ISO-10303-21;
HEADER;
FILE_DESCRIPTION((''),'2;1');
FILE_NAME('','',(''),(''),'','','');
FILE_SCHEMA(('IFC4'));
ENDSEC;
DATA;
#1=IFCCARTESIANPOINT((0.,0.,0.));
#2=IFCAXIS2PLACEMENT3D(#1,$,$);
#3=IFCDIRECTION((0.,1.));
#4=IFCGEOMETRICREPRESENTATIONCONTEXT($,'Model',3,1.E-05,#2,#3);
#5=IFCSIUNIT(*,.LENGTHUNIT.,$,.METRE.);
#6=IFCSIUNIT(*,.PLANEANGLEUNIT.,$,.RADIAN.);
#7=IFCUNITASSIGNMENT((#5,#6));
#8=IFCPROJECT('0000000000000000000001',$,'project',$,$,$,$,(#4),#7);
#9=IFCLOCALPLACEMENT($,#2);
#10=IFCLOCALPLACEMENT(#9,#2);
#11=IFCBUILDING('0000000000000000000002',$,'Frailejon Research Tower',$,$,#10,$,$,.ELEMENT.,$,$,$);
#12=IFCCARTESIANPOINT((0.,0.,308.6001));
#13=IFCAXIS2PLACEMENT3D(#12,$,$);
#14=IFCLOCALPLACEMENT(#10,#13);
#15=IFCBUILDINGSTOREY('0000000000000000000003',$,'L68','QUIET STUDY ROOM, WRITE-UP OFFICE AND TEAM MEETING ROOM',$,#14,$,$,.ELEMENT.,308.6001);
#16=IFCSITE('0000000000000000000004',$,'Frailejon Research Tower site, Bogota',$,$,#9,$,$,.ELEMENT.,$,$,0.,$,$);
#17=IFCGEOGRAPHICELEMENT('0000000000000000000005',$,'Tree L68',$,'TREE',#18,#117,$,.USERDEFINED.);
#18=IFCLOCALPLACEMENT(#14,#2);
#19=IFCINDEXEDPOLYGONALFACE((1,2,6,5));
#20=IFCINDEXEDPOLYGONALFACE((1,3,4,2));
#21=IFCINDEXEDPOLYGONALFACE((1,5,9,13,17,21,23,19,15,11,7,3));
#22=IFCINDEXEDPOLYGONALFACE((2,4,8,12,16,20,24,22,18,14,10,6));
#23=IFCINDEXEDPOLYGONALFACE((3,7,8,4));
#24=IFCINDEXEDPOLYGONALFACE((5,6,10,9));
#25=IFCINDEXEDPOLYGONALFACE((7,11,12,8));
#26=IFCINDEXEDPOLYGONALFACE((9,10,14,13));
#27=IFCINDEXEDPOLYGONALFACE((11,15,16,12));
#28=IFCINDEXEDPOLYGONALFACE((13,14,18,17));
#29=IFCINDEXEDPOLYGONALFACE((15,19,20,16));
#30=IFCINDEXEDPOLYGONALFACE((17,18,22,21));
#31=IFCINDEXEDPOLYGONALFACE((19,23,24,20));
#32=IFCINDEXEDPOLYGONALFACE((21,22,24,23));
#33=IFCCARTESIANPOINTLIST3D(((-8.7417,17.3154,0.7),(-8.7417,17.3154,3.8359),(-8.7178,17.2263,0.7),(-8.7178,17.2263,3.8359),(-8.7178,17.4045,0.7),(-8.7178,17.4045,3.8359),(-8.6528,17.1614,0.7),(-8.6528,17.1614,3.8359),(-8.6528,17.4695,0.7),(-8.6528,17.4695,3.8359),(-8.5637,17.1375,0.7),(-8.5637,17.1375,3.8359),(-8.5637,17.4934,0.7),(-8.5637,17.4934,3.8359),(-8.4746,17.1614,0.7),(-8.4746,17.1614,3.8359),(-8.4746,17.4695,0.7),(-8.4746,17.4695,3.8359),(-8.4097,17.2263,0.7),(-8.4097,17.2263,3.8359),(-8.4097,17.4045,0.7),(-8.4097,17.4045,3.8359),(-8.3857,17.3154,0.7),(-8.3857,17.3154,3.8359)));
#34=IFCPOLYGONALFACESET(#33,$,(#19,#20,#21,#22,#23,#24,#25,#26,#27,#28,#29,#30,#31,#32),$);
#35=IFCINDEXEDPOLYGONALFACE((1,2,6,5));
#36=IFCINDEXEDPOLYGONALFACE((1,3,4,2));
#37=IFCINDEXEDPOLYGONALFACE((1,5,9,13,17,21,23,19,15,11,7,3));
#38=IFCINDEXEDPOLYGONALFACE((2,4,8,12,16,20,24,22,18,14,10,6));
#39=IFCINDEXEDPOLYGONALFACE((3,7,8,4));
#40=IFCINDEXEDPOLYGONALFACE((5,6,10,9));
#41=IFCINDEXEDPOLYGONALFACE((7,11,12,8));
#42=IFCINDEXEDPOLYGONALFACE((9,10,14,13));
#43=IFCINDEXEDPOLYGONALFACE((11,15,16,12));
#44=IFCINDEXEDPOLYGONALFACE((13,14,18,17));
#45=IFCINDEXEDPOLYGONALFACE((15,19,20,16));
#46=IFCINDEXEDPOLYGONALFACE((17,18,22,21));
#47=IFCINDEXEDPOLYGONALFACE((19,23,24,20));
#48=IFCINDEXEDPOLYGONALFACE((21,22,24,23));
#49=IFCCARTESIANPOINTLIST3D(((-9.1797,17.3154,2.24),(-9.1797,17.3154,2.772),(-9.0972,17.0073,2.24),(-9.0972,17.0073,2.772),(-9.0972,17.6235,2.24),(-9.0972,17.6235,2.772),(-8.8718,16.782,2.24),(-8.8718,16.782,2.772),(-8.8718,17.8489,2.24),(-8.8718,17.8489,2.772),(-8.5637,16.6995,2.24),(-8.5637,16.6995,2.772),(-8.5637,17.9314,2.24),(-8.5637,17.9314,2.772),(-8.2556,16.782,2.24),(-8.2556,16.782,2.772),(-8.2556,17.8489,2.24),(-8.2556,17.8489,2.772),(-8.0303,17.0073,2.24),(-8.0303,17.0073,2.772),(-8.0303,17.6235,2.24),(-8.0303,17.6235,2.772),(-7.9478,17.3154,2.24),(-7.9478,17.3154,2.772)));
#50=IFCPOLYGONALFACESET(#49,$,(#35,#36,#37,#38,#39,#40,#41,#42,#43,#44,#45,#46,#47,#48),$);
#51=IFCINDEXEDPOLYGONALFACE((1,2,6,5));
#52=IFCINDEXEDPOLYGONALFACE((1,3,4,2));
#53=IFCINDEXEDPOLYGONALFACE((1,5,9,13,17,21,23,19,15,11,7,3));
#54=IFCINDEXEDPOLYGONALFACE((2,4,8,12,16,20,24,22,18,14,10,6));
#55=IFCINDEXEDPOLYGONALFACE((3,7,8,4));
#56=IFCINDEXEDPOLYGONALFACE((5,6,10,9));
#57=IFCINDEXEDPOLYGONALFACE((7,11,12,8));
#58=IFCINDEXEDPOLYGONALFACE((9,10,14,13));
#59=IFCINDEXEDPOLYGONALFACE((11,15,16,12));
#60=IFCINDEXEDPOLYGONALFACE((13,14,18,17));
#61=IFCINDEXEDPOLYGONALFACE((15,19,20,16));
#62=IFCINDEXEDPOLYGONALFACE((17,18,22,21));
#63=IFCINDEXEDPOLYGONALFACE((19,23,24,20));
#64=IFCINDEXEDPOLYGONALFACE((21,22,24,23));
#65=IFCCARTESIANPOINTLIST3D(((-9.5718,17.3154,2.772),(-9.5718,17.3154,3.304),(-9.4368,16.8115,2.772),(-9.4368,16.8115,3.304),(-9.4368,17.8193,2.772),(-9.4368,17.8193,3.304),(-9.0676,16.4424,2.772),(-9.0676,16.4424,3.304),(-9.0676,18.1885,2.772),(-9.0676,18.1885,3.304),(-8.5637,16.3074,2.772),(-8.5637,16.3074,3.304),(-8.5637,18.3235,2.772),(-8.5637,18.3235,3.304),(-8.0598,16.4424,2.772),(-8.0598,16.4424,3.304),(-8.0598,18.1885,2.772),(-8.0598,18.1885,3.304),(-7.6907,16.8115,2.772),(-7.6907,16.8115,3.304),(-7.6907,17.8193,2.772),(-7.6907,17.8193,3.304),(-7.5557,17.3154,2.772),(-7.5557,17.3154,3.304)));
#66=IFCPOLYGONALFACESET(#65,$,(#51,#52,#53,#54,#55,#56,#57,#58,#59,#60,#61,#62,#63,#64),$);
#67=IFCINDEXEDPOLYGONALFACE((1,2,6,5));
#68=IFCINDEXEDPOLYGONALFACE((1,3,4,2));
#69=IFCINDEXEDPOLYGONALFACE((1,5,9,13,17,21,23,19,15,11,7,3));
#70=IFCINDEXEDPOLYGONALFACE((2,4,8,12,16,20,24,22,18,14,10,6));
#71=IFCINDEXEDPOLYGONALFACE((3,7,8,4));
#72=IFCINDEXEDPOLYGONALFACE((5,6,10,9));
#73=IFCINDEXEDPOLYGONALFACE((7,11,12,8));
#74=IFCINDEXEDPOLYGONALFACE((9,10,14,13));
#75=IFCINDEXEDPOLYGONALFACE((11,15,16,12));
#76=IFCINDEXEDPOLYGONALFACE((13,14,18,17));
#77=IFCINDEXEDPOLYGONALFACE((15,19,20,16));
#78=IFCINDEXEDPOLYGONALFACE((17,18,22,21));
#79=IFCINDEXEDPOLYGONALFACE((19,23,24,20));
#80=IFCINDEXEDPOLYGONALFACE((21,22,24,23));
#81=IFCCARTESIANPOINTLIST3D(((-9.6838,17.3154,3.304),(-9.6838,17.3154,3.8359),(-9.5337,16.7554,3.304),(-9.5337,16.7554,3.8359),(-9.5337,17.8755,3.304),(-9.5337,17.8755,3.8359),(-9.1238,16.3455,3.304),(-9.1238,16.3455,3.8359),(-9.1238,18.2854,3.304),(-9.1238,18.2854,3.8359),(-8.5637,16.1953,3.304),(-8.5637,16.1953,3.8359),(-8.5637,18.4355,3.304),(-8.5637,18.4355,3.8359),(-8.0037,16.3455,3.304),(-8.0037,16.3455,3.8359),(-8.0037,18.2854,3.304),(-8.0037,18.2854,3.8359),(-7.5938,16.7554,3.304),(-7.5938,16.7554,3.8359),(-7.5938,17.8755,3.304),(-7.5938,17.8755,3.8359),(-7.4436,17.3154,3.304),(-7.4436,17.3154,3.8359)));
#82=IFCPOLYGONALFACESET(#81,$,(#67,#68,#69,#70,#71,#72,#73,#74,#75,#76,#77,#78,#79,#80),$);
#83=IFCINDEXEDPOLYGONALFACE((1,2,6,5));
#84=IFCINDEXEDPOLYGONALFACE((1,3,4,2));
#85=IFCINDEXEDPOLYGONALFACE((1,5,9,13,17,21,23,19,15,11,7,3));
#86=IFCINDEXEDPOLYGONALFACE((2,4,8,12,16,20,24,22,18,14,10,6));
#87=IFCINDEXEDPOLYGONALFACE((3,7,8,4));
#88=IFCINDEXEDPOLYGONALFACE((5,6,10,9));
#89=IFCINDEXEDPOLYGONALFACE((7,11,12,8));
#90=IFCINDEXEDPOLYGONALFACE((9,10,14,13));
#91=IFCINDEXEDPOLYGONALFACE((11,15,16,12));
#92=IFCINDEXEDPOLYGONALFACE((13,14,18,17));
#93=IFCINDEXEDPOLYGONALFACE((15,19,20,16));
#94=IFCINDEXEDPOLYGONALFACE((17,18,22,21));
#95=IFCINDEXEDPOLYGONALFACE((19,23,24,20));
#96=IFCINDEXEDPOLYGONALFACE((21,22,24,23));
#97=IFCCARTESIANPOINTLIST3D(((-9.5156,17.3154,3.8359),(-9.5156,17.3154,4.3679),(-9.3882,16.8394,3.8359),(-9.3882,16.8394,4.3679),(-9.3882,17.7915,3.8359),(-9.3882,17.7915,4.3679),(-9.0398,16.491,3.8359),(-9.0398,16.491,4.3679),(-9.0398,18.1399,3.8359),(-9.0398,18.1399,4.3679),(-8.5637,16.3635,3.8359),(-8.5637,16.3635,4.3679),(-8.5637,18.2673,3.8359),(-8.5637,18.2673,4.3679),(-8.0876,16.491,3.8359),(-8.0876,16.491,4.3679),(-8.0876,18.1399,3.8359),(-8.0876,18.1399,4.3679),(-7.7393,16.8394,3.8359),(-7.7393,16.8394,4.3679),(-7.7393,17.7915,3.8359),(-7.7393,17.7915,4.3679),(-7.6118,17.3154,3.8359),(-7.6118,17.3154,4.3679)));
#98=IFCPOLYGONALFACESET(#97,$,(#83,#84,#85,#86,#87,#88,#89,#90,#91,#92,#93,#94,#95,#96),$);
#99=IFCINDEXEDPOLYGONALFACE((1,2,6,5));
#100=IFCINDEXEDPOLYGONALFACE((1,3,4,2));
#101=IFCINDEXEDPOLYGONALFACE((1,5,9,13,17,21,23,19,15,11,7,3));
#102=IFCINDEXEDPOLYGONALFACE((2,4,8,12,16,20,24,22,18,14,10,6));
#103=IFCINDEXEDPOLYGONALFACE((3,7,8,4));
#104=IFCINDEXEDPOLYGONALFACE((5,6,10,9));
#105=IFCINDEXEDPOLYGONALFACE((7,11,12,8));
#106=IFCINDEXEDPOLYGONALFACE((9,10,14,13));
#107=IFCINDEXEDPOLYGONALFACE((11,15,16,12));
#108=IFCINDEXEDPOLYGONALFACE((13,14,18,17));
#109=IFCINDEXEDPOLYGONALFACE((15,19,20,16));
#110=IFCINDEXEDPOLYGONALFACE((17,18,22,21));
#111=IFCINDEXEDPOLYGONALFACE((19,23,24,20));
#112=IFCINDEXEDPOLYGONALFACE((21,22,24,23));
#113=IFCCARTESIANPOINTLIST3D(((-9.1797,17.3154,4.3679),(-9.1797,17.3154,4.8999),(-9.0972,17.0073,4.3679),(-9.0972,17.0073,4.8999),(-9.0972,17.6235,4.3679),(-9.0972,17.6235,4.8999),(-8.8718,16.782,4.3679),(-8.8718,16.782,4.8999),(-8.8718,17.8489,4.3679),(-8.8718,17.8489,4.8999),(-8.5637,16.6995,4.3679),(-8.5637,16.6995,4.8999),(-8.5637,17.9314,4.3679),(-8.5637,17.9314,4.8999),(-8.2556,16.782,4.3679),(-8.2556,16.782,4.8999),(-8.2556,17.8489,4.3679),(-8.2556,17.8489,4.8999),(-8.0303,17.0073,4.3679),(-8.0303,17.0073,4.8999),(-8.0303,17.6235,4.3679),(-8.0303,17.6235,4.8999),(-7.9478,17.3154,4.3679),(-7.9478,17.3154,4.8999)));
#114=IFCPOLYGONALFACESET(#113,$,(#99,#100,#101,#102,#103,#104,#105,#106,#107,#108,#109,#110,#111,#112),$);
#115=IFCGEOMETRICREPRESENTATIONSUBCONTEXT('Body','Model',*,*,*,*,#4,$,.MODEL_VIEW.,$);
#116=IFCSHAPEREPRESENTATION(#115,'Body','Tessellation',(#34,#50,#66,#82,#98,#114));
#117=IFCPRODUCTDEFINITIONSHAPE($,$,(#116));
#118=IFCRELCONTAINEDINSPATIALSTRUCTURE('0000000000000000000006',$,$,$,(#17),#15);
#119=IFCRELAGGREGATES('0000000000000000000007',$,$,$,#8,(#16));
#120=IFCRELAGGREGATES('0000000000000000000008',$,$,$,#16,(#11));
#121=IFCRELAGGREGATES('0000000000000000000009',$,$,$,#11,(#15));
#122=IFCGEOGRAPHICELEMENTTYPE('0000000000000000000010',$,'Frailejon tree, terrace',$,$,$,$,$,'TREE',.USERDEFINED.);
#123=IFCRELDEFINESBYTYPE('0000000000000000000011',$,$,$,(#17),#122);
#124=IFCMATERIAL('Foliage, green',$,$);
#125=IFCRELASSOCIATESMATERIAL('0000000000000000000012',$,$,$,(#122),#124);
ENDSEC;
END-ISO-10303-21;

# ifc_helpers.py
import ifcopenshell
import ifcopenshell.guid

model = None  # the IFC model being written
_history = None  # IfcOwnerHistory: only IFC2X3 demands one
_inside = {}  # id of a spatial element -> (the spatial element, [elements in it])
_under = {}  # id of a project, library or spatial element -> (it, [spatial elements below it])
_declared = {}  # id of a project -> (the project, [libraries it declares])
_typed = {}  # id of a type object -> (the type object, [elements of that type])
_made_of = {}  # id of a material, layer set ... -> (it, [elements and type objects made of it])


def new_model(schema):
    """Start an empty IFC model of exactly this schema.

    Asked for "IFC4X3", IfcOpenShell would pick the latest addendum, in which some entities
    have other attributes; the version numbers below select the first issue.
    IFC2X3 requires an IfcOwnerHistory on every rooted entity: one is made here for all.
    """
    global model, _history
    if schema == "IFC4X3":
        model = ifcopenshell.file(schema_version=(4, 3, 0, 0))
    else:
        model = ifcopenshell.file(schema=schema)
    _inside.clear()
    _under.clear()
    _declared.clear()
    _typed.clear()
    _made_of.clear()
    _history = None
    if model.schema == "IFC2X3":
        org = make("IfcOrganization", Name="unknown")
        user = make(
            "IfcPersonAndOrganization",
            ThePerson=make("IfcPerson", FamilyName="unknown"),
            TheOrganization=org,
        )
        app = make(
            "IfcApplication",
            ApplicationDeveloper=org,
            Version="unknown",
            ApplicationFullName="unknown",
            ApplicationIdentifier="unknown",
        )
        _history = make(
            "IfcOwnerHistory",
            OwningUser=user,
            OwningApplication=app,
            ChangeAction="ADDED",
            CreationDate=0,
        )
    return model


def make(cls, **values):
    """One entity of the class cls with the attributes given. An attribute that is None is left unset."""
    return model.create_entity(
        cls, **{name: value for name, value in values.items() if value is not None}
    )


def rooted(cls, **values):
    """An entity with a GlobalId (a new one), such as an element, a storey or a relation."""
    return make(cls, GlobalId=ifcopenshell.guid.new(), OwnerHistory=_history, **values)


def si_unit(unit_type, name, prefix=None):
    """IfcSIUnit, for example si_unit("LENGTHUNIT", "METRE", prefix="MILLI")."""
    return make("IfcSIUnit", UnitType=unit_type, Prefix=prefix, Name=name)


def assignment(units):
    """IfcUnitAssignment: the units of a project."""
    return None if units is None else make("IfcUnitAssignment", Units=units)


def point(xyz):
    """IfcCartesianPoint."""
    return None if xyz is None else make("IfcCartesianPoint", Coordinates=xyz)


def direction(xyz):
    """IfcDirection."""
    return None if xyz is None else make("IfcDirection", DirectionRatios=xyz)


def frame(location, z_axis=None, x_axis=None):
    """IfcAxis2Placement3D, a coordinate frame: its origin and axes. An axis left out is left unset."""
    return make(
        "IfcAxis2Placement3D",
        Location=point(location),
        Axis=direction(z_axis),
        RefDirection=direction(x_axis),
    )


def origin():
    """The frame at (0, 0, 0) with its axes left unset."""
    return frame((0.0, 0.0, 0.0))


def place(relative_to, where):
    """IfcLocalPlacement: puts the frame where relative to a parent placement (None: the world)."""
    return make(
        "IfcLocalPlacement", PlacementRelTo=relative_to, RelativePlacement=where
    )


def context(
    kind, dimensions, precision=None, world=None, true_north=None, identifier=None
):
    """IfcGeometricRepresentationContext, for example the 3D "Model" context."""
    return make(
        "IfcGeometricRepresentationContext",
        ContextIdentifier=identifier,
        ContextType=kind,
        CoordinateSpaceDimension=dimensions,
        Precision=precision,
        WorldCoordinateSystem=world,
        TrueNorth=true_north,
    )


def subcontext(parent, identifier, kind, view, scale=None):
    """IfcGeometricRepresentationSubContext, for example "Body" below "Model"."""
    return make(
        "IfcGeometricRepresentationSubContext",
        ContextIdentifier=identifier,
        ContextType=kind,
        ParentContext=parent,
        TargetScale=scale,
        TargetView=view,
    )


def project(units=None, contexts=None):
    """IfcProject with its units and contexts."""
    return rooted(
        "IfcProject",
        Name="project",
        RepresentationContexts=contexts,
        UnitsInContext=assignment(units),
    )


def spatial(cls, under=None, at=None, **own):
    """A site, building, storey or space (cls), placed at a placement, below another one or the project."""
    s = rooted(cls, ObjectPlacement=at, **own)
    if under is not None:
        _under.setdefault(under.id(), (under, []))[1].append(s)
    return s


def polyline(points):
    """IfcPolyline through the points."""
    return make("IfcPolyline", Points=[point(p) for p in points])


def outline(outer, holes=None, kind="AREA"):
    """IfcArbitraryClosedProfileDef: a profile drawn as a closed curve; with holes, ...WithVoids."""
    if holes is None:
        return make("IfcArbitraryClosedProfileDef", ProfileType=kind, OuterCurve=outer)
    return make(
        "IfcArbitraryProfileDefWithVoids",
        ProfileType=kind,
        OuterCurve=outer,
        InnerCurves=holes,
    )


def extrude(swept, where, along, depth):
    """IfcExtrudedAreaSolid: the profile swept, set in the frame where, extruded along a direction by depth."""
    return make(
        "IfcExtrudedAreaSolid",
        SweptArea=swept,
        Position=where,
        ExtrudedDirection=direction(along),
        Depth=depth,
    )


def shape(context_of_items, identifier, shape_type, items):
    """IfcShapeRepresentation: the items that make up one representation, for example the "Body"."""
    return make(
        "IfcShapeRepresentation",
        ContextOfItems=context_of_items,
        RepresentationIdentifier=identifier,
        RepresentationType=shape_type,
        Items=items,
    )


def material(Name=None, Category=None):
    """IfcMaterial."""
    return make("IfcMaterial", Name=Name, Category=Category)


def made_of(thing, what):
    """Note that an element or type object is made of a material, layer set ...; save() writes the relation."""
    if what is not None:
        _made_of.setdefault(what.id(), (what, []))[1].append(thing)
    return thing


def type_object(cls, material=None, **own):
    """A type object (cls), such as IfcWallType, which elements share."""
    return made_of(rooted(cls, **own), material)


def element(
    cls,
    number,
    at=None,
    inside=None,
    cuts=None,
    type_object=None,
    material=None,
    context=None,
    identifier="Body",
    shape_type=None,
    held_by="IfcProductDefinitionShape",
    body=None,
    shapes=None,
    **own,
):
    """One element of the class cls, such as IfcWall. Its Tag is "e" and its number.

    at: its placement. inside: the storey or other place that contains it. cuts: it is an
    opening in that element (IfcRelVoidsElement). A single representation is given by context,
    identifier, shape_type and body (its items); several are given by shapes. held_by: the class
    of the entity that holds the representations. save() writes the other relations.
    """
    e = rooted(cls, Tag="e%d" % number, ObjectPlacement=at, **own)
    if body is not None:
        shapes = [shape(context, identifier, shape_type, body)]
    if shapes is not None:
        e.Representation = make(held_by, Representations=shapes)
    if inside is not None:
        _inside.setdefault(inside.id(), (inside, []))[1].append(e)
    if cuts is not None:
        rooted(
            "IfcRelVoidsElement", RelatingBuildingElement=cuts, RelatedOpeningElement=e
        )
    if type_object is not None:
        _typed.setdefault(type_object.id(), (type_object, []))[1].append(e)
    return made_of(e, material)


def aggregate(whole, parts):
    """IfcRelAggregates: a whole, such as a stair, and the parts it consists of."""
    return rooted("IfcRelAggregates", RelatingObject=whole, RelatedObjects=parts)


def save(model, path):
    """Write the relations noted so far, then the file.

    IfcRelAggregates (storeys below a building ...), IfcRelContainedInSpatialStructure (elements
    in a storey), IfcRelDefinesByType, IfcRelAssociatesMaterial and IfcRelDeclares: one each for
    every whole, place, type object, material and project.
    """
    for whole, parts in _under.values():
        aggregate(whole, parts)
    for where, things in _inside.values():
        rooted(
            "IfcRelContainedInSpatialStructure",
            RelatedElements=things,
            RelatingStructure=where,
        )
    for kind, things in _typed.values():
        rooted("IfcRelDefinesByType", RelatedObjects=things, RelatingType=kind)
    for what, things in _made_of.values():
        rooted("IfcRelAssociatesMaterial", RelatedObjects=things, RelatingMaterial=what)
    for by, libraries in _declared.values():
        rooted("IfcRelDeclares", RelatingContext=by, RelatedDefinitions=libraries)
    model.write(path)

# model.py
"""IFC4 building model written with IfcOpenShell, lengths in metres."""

from ifc_helpers import new_model, si_unit, direction, frame, origin, place, context, subcontext, project, spatial, polyline, outline, extrude, material, type_object, element, save


model = new_model("IFC4")

# Units and contexts
model_context = context("Model", 3, precision=1e-05, world=origin(), true_north=direction((0.0, 1.0)))
body_context = subcontext(model_context, "Body", "Model", "MODEL_VIEW")
ifc_project = project(units=[si_unit("LENGTHUNIT", "METRE"), si_unit("PLANEANGLEUNIT", "RADIAN")], contexts=[model_context])

# Site, building, storey
site_placement = place(None, origin())
site = spatial("IfcSite", under=ifc_project, at=site_placement, Name="Frailejon Research Tower site, Bogota", CompositionType="ELEMENT", RefElevation=0.0)
building_placement = place(site_placement, origin())
building = spatial("IfcBuilding", under=site, at=building_placement, Name="Frailejon Research Tower", CompositionType="ELEMENT")
storey_placement = place(building_placement, frame((0.0, 0.0, 308.6001)))
storey = spatial("IfcBuildingStorey", under=building, at=storey_placement, Name="L68", Description="QUIET STUDY ROOM, WRITE-UP OFFICE AND TEAM MEETING ROOM", CompositionType="ELEMENT", Elevation=308.6001)

# Geographic element
ifc_material_1 = material(Name="Foliage, green")
geographic_element_type = type_object("IfcGeographicElementType", Name="Frailejon tree, terrace", ElementType="TREE", PredefinedType="USERDEFINED", material=ifc_material_1)
geographic_element_placement = place(storey_placement, frame((-8.5637, 17.3154, 0.7)))
element("IfcGeographicElement", 1, at=geographic_element_placement, inside=storey, type_object=geographic_element_type, Name="Tree L68", ObjectType="TREE", PredefinedType="USERDEFINED", context=body_context, shape_type="SweptSolid", body=[
    extrude(outline(polyline([(0.178, 0.0), (0.1541, 0.0891), (0.0891, 0.1541), (0.0, 0.178), (-0.0891, 0.1541), (-0.1541, 0.0891), (-0.178, 0.0), (-0.1541, -0.0891), (-0.0891, -0.1541), (0.0, -0.178), (0.0891, -0.1541), (0.1541, -0.0891), (0.178, 0.0)])), origin(), (0.0, 0.0, 1.0), 3.136),
    extrude(outline(polyline([(0.616, 0.0), (0.5334, 0.3081), (0.3081, 0.5334), (0.0, 0.616), (-0.3081, 0.5334), (-0.5334, 0.3081), (-0.616, 0.0), (-0.5334, -0.3081), (-0.3081, -0.5334), (0.0, -0.616), (0.3081, -0.5334), (0.5334, -0.3081), (0.616, 0.0)])), frame((0.0, 0.0, 1.54)), (0.0, 0.0, 1.0), 0.532),
    extrude(outline(polyline([(1.0081, 0.0), (0.873, 0.5039), (0.5039, 0.873), (0.0, 1.0081), (-0.5039, 0.873), (-0.873, 0.5039), (-1.0081, 0.0), (-0.873, -0.5039), (-0.5039, -0.873), (0.0, -1.0081), (0.5039, -0.873), (0.873, -0.5039), (1.0081, 0.0)])), frame((0.0, 0.0, 2.072)), (0.0, 0.0, 1.0), 0.532),
    extrude(outline(polyline([(1.1201, 0.0), (0.97, 0.5601), (0.5601, 0.97), (0.0, 1.1201), (-0.5601, 0.97), (-0.97, 0.5601), (-1.1201, 0.0), (-0.97, -0.5601), (-0.5601, -0.97), (0.0, -1.1201), (0.5601, -0.97), (0.97, -0.5601), (1.1201, 0.0)])), frame((0.0, 0.0, 2.604)), (0.0, 0.0, 1.0), 0.532),
    extrude(outline(polyline([(0.9519, 0.0), (0.8245, 0.4761), (0.4761, 0.8245), (0.0, 0.9519), (-0.4761, 0.8245), (-0.8245, 0.4761), (-0.9519, 0.0), (-0.8245, -0.4761), (-0.4761, -0.8245), (0.0, -0.9519), (0.4761, -0.8245), (0.8245, -0.4761), (0.9519, 0.0)])), frame((0.0, 0.0, 3.136)), (0.0, 0.0, 1.0), 0.532),
    extrude(outline(polyline([(0.616, 0.0), (0.5334, 0.3081), (0.3081, 0.5334), (0.0, 0.616), (-0.3081, 0.5334), (-0.5334, 0.3081), (-0.616, 0.0), (-0.5334, -0.3081), (-0.3081, -0.5334), (0.0, -0.616), (0.3081, -0.5334), (0.5334, -0.3081), (0.616, 0.0)])), frame((0.0, 0.0, 3.668)), (0.0, 0.0, 1.0), 0.532),
])

save(model, "model.ifc")
